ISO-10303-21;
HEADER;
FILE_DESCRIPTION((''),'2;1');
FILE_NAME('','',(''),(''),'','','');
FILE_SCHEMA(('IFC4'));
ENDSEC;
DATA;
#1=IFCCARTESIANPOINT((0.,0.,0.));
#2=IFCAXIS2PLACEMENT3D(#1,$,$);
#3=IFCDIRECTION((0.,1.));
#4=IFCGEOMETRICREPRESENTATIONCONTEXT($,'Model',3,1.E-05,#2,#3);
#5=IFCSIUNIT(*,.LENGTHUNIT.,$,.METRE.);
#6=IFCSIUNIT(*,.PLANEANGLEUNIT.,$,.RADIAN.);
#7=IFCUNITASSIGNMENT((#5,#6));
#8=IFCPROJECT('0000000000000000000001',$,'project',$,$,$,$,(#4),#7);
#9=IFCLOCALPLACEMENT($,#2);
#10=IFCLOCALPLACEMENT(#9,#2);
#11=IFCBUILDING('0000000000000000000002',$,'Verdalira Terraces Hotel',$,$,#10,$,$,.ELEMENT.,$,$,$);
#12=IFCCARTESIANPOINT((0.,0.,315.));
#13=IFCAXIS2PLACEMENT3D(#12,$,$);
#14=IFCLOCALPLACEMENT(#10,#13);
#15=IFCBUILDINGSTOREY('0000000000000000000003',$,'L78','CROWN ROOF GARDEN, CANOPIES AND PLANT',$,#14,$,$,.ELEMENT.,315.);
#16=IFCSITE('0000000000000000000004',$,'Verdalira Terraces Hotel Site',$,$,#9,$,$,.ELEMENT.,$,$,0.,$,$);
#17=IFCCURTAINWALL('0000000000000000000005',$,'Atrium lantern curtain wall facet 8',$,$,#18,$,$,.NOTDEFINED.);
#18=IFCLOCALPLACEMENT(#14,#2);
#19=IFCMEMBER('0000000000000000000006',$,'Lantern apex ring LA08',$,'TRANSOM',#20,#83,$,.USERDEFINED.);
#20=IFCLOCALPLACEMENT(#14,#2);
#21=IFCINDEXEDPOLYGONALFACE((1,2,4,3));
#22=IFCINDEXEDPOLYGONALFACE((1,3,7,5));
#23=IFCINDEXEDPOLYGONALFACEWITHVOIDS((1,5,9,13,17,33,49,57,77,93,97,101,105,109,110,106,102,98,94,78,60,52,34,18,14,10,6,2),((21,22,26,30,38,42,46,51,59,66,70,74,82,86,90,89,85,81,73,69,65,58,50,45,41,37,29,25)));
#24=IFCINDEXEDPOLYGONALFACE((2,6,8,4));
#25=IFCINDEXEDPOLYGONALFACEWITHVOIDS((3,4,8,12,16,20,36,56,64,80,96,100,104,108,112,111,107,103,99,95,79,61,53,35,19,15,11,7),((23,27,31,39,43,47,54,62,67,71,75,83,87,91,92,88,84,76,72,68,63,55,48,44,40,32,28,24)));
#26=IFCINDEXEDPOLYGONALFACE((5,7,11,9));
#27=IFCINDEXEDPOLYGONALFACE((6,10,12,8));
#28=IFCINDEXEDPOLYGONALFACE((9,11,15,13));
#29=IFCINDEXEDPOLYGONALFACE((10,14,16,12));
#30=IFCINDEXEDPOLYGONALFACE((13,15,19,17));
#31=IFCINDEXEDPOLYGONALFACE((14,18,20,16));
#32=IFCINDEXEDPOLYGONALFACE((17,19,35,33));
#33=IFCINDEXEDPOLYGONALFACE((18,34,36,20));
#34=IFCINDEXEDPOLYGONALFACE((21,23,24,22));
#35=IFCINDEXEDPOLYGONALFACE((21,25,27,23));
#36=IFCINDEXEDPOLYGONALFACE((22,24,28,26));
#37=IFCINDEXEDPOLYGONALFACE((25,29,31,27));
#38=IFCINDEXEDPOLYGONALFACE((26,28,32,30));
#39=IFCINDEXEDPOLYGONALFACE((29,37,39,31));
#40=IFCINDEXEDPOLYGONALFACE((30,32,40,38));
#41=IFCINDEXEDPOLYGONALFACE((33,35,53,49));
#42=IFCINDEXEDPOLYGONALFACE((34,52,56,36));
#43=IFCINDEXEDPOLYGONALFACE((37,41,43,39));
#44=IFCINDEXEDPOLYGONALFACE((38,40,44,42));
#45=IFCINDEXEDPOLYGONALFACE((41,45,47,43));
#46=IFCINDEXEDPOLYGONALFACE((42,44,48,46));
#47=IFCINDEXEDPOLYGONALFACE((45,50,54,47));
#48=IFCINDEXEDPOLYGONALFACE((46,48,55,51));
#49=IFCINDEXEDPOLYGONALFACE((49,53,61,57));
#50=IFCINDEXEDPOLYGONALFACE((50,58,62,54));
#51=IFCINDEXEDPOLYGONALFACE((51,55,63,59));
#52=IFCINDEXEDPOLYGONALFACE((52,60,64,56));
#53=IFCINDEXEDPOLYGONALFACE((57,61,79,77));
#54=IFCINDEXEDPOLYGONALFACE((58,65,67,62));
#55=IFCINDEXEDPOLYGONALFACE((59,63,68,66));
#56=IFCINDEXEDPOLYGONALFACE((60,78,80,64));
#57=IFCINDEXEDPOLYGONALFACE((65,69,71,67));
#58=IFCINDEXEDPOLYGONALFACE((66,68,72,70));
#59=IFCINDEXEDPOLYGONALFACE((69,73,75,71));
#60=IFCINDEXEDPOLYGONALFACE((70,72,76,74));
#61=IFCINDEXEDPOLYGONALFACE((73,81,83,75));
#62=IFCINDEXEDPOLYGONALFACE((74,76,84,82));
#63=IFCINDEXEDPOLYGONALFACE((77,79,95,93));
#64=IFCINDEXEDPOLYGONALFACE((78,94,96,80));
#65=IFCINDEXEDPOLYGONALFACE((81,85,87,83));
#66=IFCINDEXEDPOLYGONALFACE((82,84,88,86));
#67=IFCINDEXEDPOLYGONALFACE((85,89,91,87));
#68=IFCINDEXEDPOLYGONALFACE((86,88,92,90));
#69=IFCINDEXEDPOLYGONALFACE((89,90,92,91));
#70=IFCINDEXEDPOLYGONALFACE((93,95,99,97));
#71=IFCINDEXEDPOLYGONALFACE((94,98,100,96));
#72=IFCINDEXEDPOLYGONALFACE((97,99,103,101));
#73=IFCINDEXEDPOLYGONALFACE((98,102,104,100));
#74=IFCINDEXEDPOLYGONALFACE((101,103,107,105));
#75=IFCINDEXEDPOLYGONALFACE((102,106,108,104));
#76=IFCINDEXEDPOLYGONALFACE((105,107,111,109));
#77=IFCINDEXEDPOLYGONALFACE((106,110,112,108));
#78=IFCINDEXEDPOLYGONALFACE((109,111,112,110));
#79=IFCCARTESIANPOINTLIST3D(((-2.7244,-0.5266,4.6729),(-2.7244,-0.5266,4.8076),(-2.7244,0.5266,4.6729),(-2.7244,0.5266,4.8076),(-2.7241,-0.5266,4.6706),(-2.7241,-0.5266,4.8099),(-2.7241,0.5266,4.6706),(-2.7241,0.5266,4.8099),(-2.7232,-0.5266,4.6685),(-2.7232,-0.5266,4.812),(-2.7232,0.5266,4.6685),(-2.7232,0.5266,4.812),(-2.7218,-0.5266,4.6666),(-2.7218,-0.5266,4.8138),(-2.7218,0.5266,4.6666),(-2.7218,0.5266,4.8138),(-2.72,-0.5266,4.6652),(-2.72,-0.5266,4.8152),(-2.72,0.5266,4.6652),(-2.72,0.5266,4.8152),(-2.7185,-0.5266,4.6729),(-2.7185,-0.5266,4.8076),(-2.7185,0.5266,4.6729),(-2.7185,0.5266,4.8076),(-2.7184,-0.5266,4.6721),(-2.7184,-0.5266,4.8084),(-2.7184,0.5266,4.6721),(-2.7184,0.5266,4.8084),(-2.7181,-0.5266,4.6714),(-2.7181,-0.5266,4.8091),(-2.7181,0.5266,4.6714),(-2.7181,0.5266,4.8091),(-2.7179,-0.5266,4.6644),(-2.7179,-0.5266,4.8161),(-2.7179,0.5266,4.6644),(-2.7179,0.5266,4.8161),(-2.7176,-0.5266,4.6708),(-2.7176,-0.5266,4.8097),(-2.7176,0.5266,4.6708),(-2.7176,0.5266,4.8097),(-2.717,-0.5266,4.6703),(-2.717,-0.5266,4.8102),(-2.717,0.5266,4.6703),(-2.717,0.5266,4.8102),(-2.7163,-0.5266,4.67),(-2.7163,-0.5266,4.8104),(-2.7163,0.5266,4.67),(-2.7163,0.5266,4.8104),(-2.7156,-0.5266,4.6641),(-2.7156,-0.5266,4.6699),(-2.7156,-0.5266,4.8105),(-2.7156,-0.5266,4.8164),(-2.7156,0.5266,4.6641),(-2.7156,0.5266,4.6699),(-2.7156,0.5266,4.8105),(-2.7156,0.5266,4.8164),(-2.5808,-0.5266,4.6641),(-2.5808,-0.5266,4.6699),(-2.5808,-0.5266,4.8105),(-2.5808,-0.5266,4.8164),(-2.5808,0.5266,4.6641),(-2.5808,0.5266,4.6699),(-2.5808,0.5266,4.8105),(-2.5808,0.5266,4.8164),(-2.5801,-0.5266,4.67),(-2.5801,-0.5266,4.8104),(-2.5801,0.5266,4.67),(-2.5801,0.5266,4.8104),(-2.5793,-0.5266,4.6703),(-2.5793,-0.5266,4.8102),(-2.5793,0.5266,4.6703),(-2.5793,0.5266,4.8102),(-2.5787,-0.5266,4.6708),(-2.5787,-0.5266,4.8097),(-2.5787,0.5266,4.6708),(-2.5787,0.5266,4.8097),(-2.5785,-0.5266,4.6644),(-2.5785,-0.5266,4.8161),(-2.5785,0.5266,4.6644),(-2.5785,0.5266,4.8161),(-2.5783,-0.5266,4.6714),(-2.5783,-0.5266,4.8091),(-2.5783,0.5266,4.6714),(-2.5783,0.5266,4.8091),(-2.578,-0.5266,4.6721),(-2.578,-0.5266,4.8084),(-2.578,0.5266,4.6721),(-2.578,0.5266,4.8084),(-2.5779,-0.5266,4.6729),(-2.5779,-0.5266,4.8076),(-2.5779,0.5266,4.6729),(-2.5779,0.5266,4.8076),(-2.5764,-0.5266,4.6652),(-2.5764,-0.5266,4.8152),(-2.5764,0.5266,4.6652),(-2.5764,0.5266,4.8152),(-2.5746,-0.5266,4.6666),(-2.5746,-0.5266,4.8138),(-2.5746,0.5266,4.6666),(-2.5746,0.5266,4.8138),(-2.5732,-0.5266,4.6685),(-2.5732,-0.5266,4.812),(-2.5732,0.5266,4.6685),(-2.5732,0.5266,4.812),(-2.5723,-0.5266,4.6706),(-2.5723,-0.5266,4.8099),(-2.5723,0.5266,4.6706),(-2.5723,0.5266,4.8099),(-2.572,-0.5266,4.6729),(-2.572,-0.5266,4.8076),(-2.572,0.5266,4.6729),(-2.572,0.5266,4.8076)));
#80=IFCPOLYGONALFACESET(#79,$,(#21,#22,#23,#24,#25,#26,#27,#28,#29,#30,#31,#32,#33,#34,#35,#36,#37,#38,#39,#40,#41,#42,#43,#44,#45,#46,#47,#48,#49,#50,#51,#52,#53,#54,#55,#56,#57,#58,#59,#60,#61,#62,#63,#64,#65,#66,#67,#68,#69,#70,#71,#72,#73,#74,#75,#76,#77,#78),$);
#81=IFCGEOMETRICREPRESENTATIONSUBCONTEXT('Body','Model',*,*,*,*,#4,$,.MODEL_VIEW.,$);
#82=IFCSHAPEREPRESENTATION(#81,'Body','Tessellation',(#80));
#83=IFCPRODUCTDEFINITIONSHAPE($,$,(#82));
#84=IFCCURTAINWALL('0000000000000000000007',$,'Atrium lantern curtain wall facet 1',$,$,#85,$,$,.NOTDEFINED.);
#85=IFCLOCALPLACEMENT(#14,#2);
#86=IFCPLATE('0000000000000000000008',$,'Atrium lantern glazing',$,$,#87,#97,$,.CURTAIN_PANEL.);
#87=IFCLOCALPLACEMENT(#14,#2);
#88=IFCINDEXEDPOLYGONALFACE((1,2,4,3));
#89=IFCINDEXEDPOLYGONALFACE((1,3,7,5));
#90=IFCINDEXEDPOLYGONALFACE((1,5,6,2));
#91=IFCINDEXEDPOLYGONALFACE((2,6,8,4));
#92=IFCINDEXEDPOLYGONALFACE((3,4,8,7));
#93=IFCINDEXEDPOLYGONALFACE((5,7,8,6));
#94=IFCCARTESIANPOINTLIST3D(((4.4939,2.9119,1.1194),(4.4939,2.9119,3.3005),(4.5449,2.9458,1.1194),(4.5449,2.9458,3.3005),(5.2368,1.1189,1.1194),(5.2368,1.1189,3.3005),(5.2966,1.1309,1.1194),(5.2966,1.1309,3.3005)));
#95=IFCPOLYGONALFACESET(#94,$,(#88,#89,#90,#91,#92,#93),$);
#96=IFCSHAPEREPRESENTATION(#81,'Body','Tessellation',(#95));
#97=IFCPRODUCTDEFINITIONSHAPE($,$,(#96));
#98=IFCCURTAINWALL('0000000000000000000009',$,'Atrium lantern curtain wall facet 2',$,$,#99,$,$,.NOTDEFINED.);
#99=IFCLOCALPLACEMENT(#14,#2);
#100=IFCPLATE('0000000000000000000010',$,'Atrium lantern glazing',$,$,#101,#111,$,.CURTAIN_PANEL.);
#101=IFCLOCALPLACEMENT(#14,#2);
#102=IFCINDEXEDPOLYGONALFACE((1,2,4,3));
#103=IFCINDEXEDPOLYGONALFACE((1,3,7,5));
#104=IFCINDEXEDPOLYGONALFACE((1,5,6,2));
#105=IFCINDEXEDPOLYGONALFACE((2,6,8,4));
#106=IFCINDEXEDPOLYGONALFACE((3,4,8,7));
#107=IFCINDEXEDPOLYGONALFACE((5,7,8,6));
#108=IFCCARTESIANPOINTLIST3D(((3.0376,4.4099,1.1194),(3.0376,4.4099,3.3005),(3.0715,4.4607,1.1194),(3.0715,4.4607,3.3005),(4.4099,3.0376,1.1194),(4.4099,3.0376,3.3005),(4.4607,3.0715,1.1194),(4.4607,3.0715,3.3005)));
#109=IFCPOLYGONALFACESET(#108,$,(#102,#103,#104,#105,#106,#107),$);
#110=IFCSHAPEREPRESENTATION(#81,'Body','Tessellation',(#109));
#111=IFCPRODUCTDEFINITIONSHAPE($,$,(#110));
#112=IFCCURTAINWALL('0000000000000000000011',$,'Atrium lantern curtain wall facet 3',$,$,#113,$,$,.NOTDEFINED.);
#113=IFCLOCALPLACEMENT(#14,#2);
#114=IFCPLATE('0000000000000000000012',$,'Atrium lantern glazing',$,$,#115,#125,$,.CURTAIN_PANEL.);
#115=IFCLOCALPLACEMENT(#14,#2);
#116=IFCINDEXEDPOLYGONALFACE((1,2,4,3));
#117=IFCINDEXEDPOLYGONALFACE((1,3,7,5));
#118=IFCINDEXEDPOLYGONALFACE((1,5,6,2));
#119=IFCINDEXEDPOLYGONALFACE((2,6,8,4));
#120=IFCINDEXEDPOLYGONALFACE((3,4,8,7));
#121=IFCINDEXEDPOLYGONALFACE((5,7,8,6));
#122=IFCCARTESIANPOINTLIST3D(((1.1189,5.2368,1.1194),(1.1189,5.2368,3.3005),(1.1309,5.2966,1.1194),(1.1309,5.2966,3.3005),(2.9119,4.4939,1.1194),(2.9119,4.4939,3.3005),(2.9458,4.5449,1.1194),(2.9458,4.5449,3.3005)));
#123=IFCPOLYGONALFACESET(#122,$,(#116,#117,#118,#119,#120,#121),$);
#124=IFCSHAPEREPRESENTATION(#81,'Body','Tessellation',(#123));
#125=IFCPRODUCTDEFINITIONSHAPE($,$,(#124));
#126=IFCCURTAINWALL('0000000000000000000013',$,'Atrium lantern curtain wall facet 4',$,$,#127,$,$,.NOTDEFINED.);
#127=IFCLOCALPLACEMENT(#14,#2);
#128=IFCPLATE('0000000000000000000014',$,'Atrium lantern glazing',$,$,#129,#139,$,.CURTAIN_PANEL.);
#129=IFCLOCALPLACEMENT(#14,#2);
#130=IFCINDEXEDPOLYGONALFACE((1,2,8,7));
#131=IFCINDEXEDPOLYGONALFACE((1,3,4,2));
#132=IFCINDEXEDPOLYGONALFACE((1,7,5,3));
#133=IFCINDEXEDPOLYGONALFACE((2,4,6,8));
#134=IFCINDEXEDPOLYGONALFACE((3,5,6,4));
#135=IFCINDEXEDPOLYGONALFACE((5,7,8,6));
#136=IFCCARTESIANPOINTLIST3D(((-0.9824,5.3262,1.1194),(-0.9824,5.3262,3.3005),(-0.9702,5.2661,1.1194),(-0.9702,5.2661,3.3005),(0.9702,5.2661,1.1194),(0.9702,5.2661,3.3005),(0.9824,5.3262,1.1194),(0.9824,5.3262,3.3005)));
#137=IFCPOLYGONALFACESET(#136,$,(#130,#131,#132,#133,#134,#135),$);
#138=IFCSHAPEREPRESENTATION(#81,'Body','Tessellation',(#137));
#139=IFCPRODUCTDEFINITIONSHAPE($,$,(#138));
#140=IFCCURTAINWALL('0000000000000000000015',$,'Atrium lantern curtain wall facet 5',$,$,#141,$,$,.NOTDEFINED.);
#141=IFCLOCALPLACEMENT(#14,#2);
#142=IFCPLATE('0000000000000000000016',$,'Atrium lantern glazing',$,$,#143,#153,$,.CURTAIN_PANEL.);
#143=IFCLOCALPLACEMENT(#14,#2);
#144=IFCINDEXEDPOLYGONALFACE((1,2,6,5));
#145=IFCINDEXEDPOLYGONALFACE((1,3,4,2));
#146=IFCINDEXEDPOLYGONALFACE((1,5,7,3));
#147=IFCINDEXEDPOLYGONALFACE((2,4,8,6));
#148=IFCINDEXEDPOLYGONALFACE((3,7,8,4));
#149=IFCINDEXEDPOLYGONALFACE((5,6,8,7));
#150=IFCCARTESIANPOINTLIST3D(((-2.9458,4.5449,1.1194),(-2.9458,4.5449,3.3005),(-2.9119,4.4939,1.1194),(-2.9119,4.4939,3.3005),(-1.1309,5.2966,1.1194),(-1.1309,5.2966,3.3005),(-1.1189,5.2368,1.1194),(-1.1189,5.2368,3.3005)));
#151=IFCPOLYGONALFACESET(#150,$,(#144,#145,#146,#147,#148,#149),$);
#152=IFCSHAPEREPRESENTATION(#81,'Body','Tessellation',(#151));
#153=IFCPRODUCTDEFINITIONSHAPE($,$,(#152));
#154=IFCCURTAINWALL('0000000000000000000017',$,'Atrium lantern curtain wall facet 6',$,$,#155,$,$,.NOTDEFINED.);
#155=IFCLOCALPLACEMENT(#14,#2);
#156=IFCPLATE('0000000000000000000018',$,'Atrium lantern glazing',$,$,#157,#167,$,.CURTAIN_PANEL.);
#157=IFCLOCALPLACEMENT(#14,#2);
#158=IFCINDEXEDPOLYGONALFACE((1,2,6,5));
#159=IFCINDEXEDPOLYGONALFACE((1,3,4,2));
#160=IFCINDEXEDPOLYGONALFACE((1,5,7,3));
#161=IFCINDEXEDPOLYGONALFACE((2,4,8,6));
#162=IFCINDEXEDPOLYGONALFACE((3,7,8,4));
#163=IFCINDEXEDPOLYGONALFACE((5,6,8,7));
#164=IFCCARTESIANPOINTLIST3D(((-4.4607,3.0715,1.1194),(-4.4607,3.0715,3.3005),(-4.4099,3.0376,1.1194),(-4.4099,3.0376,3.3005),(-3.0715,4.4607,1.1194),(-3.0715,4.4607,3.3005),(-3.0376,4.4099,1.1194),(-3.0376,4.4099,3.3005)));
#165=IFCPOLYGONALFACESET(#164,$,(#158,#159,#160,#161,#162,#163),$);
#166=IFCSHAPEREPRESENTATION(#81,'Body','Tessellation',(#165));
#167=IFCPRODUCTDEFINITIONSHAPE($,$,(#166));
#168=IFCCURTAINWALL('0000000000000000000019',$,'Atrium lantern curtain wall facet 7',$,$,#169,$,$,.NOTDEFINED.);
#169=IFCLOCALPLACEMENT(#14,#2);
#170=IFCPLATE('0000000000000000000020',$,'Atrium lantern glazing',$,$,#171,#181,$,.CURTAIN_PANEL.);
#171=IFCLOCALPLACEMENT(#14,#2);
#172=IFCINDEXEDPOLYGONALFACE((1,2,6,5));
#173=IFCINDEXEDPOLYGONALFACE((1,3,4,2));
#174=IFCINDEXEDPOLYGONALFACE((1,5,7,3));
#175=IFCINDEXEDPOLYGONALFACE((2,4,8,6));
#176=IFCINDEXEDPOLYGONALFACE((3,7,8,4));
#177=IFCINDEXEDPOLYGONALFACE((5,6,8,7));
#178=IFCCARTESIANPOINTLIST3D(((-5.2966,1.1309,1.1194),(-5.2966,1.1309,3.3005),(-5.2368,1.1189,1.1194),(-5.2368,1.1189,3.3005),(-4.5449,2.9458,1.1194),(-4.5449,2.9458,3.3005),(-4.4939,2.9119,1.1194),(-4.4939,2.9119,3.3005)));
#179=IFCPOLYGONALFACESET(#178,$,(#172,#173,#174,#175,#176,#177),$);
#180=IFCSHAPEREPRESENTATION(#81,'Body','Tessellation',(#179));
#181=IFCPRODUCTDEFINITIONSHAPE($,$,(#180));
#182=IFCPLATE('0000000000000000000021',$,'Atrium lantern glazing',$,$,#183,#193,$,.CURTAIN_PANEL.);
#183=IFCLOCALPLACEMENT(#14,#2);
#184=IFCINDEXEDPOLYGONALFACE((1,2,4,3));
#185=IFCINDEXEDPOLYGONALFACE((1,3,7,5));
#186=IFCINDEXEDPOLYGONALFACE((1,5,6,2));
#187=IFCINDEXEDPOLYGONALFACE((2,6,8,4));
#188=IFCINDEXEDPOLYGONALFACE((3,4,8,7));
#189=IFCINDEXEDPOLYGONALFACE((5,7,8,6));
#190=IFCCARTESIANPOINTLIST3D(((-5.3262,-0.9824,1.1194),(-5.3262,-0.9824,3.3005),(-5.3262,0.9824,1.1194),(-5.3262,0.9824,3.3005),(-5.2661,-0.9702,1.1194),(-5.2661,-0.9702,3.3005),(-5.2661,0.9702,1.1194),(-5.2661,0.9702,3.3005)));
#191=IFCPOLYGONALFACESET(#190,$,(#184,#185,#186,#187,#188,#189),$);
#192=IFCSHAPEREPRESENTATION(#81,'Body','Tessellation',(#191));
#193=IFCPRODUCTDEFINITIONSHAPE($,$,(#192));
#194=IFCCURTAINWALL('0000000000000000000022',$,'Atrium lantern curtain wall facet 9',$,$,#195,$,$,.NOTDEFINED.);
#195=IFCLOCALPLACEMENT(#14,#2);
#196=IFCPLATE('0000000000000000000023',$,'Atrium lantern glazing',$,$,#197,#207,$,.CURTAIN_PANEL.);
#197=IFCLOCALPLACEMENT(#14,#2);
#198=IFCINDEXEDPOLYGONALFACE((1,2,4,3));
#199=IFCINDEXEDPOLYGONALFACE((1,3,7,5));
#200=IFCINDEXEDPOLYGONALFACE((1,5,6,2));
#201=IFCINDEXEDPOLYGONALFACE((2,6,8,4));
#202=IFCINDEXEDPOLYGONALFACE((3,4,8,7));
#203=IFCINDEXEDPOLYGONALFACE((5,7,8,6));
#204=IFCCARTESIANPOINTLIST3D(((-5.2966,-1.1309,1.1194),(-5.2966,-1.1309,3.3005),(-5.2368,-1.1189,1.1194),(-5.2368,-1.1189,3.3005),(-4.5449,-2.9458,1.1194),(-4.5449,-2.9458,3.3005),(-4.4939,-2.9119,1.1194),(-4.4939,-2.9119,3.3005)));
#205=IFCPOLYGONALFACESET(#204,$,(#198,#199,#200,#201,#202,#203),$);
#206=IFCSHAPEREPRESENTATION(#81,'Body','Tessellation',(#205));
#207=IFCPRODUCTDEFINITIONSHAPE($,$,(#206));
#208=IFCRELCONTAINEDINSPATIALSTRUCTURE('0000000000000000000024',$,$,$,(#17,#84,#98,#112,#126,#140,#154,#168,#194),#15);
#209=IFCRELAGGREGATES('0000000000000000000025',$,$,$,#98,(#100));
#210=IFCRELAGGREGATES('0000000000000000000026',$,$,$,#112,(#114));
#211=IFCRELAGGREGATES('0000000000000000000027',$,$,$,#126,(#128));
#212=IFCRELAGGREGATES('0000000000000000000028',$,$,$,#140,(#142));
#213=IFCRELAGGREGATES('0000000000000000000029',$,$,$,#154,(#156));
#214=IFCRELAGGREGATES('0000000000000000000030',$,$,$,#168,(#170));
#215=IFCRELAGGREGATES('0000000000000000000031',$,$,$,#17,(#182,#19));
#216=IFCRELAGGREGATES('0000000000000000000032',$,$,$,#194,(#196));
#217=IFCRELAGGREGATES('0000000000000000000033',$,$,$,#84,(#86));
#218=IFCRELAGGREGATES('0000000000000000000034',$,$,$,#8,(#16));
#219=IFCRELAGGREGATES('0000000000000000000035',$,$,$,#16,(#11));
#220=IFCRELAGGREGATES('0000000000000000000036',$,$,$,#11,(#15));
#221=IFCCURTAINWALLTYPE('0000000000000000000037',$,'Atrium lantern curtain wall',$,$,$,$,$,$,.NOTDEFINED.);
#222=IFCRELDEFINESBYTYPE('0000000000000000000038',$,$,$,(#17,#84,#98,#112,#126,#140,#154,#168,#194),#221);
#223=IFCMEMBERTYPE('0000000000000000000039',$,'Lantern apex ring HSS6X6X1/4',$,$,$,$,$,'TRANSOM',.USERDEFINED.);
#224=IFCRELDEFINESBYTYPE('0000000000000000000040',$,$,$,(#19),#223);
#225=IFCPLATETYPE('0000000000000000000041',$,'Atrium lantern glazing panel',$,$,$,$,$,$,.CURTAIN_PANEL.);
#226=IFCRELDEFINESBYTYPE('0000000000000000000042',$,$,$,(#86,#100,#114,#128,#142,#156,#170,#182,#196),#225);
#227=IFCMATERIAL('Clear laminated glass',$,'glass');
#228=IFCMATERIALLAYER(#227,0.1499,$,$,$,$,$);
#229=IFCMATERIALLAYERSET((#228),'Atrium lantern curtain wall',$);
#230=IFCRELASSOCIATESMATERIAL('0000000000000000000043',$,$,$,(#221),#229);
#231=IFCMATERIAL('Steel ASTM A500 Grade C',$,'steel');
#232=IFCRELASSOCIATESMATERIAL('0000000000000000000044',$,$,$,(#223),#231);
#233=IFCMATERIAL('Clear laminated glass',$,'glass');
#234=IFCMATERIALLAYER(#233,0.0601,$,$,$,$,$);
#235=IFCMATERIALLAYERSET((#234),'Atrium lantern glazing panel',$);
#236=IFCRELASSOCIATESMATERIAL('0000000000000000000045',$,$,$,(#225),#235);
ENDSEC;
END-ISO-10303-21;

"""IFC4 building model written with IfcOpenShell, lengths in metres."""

from ifc_helpers import new_model, si_unit, direction, frame, origin, origin_2d, place, context, subcontext, project, spatial, polyline, hollow_rectangle, outline, extrude, material, layer, layer_set, material_profile, profile_set, type_object, element, aggregate, save


model = new_model("IFC4")

# Units and contexts
model_context = context("Model", 3, precision=1e-05, world=origin(), true_north=direction((0.0, 1.0)))
body_context = subcontext(model_context, "Body", "Model", "MODEL_VIEW")
ifc_project = project(units=[si_unit("LENGTHUNIT", "METRE"), si_unit("PLANEANGLEUNIT", "RADIAN")], contexts=[model_context])

# Site, building, storey
site_placement = place(None, origin())
site = spatial("IfcSite", under=ifc_project, at=site_placement, Name="Verdalira Terraces Hotel Site", CompositionType="ELEMENT", RefElevation=0.0)
building_placement = place(site_placement, origin())
building = spatial("IfcBuilding", under=site, at=building_placement, Name="Verdalira Terraces Hotel", CompositionType="ELEMENT")
storey_placement = place(building_placement, frame((0.0, 0.0, 315.0)))
storey = spatial("IfcBuildingStorey", under=building, at=storey_placement, Name="L78", Description="CROWN ROOF GARDEN, CANOPIES AND PLANT", CompositionType="ELEMENT", Elevation=315.0)

# Curtain wall, member
ifc_material_1 = material(Name="Clear laminated glass", Category="glass")
ifc_layer_1 = layer(ifc_material_1, 0.1499)
ifc_layer_set_1 = layer_set([ifc_layer_1], Name="Atrium lantern curtain wall")
curtain_wall_type = type_object("IfcCurtainWallType", Name="Atrium lantern curtain wall", PredefinedType="NOTDEFINED", material=ifc_layer_set_1)
curtain_wall_1_placement = place(storey_placement, origin())
curtain_wall_1 = element("IfcCurtainWall", 1, at=curtain_wall_1_placement, inside=storey, type_object=curtain_wall_type, Name="Atrium lantern curtain wall facet 8", PredefinedType="NOTDEFINED")
ifc_material_2 = material(Name="Steel ASTM A500 Grade C", Category="steel")
ifc_material_profile = material_profile(ifc_material_2, hollow_rectangle(XDim=0.1523, YDim=0.1523, WallThickness=0.0059, InnerFilletRadius=0.0029, OuterFilletRadius=0.0088, at=origin_2d()), Name="HSS6X6X1/4")
ifc_profile_set = profile_set([ifc_material_profile], Name="Steel ASTM A500 Grade C")
member_type = type_object("IfcMemberType", Name="Lantern apex ring HSS6X6X1/4", ElementType="TRANSOM", PredefinedType="USERDEFINED", material=ifc_profile_set)
member_placement = place(storey_placement, frame((-2.6482, 0.5266, 4.7402), z_axis=(0.0, -1.0, 0.0), x_axis=(1.0, 0.0, 0.0)))
member = element("IfcMember", 2, at=member_placement, type_object=member_type, Name="Lantern apex ring LA08", ObjectType="TRANSOM", PredefinedType="USERDEFINED", context=body_context, shape_type="SweptSolid", body=[
    extrude(hollow_rectangle(XDim=0.1523, YDim=0.1523, WallThickness=0.0059, InnerFilletRadius=0.0029, OuterFilletRadius=0.0088, at=origin_2d()), origin(), (0.0, 0.0, 1.0), 1.0532),
])

# Curtain walls, plates
curtain_wall_2_placement = place(storey_placement, origin())
curtain_wall_2 = element("IfcCurtainWall", 3, at=curtain_wall_2_placement, inside=storey, type_object=curtain_wall_type, Name="Atrium lantern curtain wall facet 1", PredefinedType="NOTDEFINED")
ifc_material_3 = material(Name="Clear laminated glass", Category="glass")
ifc_layer_2 = layer(ifc_material_3, 0.0601)
ifc_layer_set_2 = layer_set([ifc_layer_2], Name="Atrium lantern glazing panel")
plate_type_1 = type_object("IfcPlateType", Name="Atrium lantern glazing panel", PredefinedType="CURTAIN_PANEL", material=ifc_layer_set_2)
plate_1_placement = place(storey_placement, frame((0.0, 0.0, 1.1194)))
plate_1 = element("IfcPlate", 4, at=plate_1_placement, type_object=plate_type_1, Name="Atrium lantern glazing", PredefinedType="CURTAIN_PANEL", context=body_context, shape_type="SweptSolid", body=[
    extrude(outline(polyline([(5.2966, 1.1309), (4.5449, 2.9458), (4.4939, 2.9119), (5.2368, 1.1189), (5.2966, 1.1309)])), origin(), (0.0, 0.0, 1.0), 2.1812),
])
curtain_wall_3_placement = place(storey_placement, origin())
curtain_wall_3 = element("IfcCurtainWall", 5, at=curtain_wall_3_placement, inside=storey, type_object=curtain_wall_type, Name="Atrium lantern curtain wall facet 2", PredefinedType="NOTDEFINED")
plate_2_placement = place(storey_placement, frame((0.0, 0.0, 1.1194)))
plate_2 = element("IfcPlate", 6, at=plate_2_placement, type_object=plate_type_1, Name="Atrium lantern glazing", PredefinedType="CURTAIN_PANEL", context=body_context, shape_type="SweptSolid", body=[
    extrude(outline(polyline([(4.4607, 3.0715), (3.0715, 4.4607), (3.0376, 4.4099), (4.4099, 3.0376), (4.4607, 3.0715)])), origin(), (0.0, 0.0, 1.0), 2.1812),
])
aggregate(curtain_wall_3, [plate_2])
curtain_wall_4_placement = place(storey_placement, origin())
curtain_wall_4 = element("IfcCurtainWall", 7, at=curtain_wall_4_placement, inside=storey, type_object=curtain_wall_type, Name="Atrium lantern curtain wall facet 3", PredefinedType="NOTDEFINED")
plate_3_placement = place(storey_placement, frame((0.0, 0.0, 1.1194)))
plate_3 = element("IfcPlate", 8, at=plate_3_placement, type_object=plate_type_1, Name="Atrium lantern glazing", PredefinedType="CURTAIN_PANEL", context=body_context, shape_type="SweptSolid", body=[
    extrude(outline(polyline([(2.9458, 4.5449), (1.1309, 5.2966), (1.1189, 5.2368), (2.9119, 4.4939), (2.9458, 4.5449)])), origin(), (0.0, 0.0, 1.0), 2.1812),
])
aggregate(curtain_wall_4, [plate_3])
curtain_wall_5_placement = place(storey_placement, origin())
curtain_wall_5 = element("IfcCurtainWall", 9, at=curtain_wall_5_placement, inside=storey, type_object=curtain_wall_type, Name="Atrium lantern curtain wall facet 4", PredefinedType="NOTDEFINED")
plate_4_placement = place(storey_placement, frame((0.0, 0.0, 1.1194)))
plate_4 = element("IfcPlate", 10, at=plate_4_placement, type_object=plate_type_1, Name="Atrium lantern glazing", PredefinedType="CURTAIN_PANEL", context=body_context, shape_type="SweptSolid", body=[
    extrude(outline(polyline([(0.9824, 5.3262), (-0.9824, 5.3262), (-0.9702, 5.2661), (0.9702, 5.2661), (0.9824, 5.3262)])), origin(), (0.0, 0.0, 1.0), 2.1812),
])
aggregate(curtain_wall_5, [plate_4])
curtain_wall_6_placement = place(storey_placement, origin())
curtain_wall_6 = element("IfcCurtainWall", 11, at=curtain_wall_6_placement, inside=storey, type_object=curtain_wall_type, Name="Atrium lantern curtain wall facet 5", PredefinedType="NOTDEFINED")
plate_5_placement = place(storey_placement, frame((0.0, 0.0, 1.1194)))
plate_5 = element("IfcPlate", 12, at=plate_5_placement, type_object=plate_type_1, Name="Atrium lantern glazing", PredefinedType="CURTAIN_PANEL", context=body_context, shape_type="SweptSolid", body=[
    extrude(outline(polyline([(-1.1309, 5.2966), (-2.9458, 4.5449), (-2.9119, 4.4939), (-1.1189, 5.2368), (-1.1309, 5.2966)])), origin(), (0.0, 0.0, 1.0), 2.1812),
])
aggregate(curtain_wall_6, [plate_5])
curtain_wall_7_placement = place(storey_placement, origin())
curtain_wall_7 = element("IfcCurtainWall", 13, at=curtain_wall_7_placement, inside=storey, type_object=curtain_wall_type, Name="Atrium lantern curtain wall facet 6", PredefinedType="NOTDEFINED")
plate_6_placement = place(storey_placement, frame((0.0, 0.0, 1.1194)))
plate_6 = element("IfcPlate", 14, at=plate_6_placement, type_object=plate_type_1, Name="Atrium lantern glazing", PredefinedType="CURTAIN_PANEL", context=body_context, shape_type="SweptSolid", body=[
    extrude(outline(polyline([(-3.0715, 4.4607), (-4.4607, 3.0715), (-4.4099, 3.0376), (-3.0376, 4.4099), (-3.0715, 4.4607)])), origin(), (0.0, 0.0, 1.0), 2.1812),
])
aggregate(curtain_wall_7, [plate_6])
curtain_wall_8_placement = place(storey_placement, origin())
curtain_wall_8 = element("IfcCurtainWall", 15, at=curtain_wall_8_placement, inside=storey, type_object=curtain_wall_type, Name="Atrium lantern curtain wall facet 7", PredefinedType="NOTDEFINED")
plate_7_placement = place(storey_placement, frame((0.0, 0.0, 1.1194)))
plate_7 = element("IfcPlate", 16, at=plate_7_placement, type_object=plate_type_1, Name="Atrium lantern glazing", PredefinedType="CURTAIN_PANEL", context=body_context, shape_type="SweptSolid", body=[
    extrude(outline(polyline([(-4.5449, 2.9458), (-5.2966, 1.1309), (-5.2368, 1.1189), (-4.4939, 2.9119), (-4.5449, 2.9458)])), origin(), (0.0, 0.0, 1.0), 2.1812),
])
aggregate(curtain_wall_8, [plate_7])

# Plate
plate_8_placement = place(storey_placement, frame((0.0, 0.0, 1.1194)))
plate_8 = element("IfcPlate", 17, at=plate_8_placement, type_object=plate_type_1, Name="Atrium lantern glazing", PredefinedType="CURTAIN_PANEL", context=body_context, shape_type="SweptSolid", body=[
    extrude(outline(polyline([(-5.3262, 0.9824), (-5.3262, -0.9824), (-5.2661, -0.9702), (-5.2661, 0.9702), (-5.3262, 0.9824)])), origin(), (0.0, 0.0, 1.0), 2.1812),
])
aggregate(curtain_wall_1, [plate_8, member])

# Curtain wall, plate
curtain_wall_9_placement = place(storey_placement, origin())
curtain_wall_9 = element("IfcCurtainWall", 18, at=curtain_wall_9_placement, inside=storey, type_object=curtain_wall_type, Name="Atrium lantern curtain wall facet 9", PredefinedType="NOTDEFINED")
plate_9_placement = place(storey_placement, frame((0.0, 0.0, 1.1194)))
plate_9 = element("IfcPlate", 19, at=plate_9_placement, type_object=plate_type_1, Name="Atrium lantern glazing", PredefinedType="CURTAIN_PANEL", context=body_context, shape_type="SweptSolid", body=[
    extrude(outline(polyline([(-5.2966, -1.1309), (-4.5449, -2.9458), (-4.4939, -2.9119), (-5.2368, -1.1189), (-5.2966, -1.1309)])), origin(), (0.0, 0.0, 1.0), 2.1812),
])
aggregate(curtain_wall_9, [plate_9])

aggregate(curtain_wall_2, [plate_1])

save(model, "model.ifc")
